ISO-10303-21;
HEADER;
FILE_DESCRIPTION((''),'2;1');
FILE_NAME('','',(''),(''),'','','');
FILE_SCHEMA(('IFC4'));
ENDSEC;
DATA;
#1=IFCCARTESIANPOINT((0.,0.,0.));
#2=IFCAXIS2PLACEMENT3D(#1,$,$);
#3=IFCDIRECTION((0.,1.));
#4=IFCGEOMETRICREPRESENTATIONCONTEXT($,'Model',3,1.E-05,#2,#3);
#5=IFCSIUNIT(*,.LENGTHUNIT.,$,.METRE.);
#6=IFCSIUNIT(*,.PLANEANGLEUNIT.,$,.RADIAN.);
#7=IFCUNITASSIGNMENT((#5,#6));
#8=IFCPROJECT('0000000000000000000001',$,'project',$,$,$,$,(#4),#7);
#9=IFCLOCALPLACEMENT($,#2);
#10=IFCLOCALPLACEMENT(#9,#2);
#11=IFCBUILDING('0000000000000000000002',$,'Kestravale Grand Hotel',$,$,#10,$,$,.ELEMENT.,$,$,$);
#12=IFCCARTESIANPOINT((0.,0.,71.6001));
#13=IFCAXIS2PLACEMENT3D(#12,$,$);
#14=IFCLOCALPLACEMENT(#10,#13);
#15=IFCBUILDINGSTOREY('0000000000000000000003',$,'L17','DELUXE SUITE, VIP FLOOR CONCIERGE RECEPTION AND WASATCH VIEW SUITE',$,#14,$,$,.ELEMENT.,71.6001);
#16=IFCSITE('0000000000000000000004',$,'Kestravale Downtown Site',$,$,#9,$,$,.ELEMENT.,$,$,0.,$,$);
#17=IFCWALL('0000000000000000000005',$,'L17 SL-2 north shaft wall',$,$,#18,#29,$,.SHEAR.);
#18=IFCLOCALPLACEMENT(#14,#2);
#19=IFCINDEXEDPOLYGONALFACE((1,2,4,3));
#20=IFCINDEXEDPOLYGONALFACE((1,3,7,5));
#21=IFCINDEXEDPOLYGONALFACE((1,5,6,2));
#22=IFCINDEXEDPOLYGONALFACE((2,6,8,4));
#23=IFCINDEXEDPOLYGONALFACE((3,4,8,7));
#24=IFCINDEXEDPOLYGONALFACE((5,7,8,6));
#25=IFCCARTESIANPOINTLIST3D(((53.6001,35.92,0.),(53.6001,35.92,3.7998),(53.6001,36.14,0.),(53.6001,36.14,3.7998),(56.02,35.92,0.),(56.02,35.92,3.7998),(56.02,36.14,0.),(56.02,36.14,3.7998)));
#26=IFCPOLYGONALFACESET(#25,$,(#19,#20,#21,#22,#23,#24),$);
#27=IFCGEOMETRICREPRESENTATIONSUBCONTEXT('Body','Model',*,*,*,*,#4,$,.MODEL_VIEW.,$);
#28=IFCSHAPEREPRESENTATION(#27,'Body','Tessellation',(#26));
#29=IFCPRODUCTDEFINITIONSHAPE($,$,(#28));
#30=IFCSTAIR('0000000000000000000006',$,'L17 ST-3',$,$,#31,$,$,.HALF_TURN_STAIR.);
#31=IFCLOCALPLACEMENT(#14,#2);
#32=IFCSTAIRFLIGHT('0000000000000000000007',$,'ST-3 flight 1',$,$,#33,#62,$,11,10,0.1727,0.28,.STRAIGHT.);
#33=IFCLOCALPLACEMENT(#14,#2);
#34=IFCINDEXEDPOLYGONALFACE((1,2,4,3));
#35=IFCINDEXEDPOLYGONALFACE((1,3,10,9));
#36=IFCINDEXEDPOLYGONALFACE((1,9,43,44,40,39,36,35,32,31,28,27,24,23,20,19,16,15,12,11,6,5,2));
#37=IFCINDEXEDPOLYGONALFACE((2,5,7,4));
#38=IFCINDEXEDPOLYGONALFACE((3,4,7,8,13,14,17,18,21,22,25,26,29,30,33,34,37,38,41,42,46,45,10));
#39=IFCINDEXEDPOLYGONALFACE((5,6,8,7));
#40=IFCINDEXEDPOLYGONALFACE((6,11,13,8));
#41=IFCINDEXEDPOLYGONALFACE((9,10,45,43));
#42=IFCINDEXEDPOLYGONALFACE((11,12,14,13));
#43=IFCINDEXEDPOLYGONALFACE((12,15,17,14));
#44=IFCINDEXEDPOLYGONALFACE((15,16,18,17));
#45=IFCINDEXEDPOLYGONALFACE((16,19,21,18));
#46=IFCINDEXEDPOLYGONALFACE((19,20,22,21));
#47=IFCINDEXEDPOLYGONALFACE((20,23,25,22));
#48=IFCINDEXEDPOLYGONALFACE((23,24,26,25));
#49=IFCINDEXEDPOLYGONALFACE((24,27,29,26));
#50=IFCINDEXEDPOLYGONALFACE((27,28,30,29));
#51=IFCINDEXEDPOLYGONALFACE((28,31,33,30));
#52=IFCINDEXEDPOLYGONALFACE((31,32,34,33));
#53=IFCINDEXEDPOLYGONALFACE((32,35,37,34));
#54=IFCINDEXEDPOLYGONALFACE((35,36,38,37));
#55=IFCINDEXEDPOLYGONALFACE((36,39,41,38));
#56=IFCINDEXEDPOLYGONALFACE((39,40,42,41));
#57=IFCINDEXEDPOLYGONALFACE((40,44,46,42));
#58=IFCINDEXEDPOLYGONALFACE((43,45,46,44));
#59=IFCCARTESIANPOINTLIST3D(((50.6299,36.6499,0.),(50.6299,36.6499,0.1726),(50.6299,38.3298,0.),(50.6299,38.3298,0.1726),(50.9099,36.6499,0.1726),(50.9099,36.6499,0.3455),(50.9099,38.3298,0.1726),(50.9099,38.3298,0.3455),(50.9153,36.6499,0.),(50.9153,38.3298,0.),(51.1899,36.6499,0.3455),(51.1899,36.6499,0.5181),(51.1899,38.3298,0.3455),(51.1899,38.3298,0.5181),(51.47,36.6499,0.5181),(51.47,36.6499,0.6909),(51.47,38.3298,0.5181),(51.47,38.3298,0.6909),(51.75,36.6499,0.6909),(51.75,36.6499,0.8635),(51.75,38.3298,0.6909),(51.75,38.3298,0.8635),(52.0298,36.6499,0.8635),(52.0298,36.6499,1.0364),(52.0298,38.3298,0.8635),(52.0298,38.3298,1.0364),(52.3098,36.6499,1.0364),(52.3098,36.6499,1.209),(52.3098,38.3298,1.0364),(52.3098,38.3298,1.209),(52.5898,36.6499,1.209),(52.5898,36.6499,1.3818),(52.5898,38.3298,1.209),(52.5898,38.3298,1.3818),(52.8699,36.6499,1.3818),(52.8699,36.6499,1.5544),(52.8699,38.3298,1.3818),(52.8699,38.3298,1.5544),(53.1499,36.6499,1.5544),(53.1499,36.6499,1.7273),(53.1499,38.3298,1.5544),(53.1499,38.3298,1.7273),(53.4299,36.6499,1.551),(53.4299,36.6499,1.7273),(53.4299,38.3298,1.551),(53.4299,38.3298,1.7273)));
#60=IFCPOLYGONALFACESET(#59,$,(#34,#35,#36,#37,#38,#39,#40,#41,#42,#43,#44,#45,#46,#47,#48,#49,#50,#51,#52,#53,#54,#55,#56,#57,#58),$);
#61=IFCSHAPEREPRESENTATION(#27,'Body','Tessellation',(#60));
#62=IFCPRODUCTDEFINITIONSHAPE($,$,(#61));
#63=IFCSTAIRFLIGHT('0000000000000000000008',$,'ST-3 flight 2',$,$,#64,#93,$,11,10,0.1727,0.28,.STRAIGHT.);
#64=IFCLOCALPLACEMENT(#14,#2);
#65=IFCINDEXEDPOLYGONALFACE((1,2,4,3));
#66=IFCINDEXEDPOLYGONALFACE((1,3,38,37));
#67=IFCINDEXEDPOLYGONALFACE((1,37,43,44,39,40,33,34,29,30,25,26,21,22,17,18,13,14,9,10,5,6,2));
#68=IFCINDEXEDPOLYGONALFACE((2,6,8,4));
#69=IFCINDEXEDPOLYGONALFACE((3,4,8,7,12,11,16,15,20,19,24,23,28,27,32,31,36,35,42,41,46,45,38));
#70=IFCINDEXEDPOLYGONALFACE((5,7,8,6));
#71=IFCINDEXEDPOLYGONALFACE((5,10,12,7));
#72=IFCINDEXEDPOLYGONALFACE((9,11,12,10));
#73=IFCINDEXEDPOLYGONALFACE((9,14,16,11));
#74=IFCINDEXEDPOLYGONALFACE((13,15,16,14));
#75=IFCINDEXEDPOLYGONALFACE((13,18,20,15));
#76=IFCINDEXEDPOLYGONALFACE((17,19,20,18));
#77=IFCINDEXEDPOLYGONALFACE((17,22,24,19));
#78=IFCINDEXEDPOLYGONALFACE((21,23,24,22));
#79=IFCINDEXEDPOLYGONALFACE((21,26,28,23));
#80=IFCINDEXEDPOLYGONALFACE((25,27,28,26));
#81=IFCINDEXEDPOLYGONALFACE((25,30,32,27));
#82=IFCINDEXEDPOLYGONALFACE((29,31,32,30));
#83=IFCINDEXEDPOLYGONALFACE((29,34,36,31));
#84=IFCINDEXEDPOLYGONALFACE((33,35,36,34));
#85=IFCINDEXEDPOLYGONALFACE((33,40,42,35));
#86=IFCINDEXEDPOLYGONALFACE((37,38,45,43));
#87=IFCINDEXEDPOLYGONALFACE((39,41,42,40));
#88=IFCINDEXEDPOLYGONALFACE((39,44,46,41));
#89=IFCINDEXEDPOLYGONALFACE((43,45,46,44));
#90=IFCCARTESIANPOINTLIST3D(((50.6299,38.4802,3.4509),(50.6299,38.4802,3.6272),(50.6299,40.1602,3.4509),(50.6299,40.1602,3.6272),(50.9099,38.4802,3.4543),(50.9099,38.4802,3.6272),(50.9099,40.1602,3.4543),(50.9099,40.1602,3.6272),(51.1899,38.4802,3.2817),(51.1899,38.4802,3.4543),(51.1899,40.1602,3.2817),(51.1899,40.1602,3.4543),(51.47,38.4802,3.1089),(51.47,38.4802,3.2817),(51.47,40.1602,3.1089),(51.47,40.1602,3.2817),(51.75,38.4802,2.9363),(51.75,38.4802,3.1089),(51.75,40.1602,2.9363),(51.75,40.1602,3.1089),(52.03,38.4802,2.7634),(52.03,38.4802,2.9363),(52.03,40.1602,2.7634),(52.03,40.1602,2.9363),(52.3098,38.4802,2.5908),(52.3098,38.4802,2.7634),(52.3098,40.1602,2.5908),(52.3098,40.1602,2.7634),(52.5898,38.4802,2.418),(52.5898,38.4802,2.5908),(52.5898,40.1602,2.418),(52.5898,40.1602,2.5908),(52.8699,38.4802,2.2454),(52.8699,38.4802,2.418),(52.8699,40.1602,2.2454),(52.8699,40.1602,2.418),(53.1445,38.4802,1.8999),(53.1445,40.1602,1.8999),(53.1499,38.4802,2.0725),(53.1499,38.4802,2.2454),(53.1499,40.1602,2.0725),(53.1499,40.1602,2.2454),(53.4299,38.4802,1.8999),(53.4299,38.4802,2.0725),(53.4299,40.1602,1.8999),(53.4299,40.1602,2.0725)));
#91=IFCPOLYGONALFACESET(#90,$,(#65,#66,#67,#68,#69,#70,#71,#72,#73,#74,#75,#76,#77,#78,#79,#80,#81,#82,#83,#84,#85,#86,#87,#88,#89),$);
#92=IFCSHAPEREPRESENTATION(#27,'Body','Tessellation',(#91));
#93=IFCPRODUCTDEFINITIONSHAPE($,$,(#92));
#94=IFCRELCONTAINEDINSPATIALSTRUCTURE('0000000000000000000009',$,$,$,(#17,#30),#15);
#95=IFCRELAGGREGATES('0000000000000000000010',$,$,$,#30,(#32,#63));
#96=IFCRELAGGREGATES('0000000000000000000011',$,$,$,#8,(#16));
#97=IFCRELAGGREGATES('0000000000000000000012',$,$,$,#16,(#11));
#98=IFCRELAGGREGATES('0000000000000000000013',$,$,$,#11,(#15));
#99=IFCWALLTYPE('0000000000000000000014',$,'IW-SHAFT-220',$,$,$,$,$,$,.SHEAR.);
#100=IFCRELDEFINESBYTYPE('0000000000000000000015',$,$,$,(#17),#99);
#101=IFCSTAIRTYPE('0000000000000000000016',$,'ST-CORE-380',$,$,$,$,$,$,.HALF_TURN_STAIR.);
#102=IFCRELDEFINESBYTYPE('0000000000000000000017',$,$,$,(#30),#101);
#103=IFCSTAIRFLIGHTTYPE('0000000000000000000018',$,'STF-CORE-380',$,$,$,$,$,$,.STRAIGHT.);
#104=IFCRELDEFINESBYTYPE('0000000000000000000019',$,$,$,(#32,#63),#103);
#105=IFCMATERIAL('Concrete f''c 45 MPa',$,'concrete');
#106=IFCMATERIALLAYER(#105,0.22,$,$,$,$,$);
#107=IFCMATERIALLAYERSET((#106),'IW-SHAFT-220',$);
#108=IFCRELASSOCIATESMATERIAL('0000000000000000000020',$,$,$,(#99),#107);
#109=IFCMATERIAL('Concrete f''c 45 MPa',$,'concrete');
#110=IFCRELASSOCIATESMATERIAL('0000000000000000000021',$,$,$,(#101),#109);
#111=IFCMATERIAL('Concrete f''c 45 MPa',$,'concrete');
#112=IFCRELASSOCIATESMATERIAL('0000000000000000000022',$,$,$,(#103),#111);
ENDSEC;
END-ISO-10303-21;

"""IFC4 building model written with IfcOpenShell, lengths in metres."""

from ifc_helpers import new_model, si_unit, direction, frame, frame_2d, origin, place, context, subcontext, project, spatial, polyline, rectangle, outline, extrude, material, layer, layer_set, type_object, element, aggregate, save


model = new_model("IFC4")

# Units and contexts
model_context = context("Model", 3, precision=1e-05, world=origin(), true_north=direction((0.0, 1.0)))
body_context = subcontext(model_context, "Body", "Model", "MODEL_VIEW")
ifc_project = project(units=[si_unit("LENGTHUNIT", "METRE"), si_unit("PLANEANGLEUNIT", "RADIAN")], contexts=[model_context])

# Site, building, storey
site_placement = place(None, origin())
site = spatial("IfcSite", under=ifc_project, at=site_placement, Name="Kestravale Downtown Site", CompositionType="ELEMENT", RefElevation=0.0)
building_placement = place(site_placement, origin())
building = spatial("IfcBuilding", under=site, at=building_placement, Name="Kestravale Grand Hotel", CompositionType="ELEMENT")
storey_placement = place(building_placement, frame((0.0, 0.0, 71.6001)))
storey = spatial("IfcBuildingStorey", under=building, at=storey_placement, Name="L17", Description="DELUXE SUITE, VIP FLOOR CONCIERGE RECEPTION AND WASATCH VIEW SUITE", CompositionType="ELEMENT", Elevation=71.6001)

# Shared definitions
ifc_material_1 = material(Name="Concrete f'c 45 MPa", Category="concrete")
ifc_layer_1 = layer(ifc_material_1, 0.22)
ifc_layer_set_1 = layer_set([ifc_layer_1], Name="IW-SHAFT-220")
wall_type_1 = type_object("IfcWallType", Name="IW-SHAFT-220", PredefinedType="SHEAR", material=ifc_layer_set_1)

# Wall
wall_1_placement = place(storey_placement, frame((53.6001, 36.03, 0.0), z_axis=(0.0, 0.0, 1.0), x_axis=(1.0, 0.0, 0.0)))
element("IfcWall", 1, at=wall_1_placement, inside=storey, type_object=wall_type_1, Name="L17 SL-2 north shaft wall", PredefinedType="SHEAR", context=body_context, shape_type="SweptSolid", body=[
    extrude(rectangle(XDim=2.4199, YDim=0.22, at=frame_2d((1.21, 0.0))), origin(), (0.0, 0.0, 1.0), 3.7998),
])

# Stair, stair flights
ifc_material_2 = material(Name="Concrete f'c 45 MPa", Category="concrete")
stair_type = type_object("IfcStairType", Name="ST-CORE-380", PredefinedType="HALF_TURN_STAIR", material=ifc_material_2)
stair_placement = place(storey_placement, origin())
stair = element("IfcStair", 2, at=stair_placement, inside=storey, type_object=stair_type, Name="L17 ST-3", PredefinedType="HALF_TURN_STAIR")
ifc_material_3 = material(Name="Concrete f'c 45 MPa", Category="concrete")
stair_flight_type = type_object("IfcStairFlightType", Name="STF-CORE-380", PredefinedType="STRAIGHT", material=ifc_material_3)
stair_flight_1_placement = place(storey_placement, frame((50.6299, 37.49, 0.0), z_axis=(0.0, 0.0, 1.0), x_axis=(1.0, 0.0, 0.0)))
stair_flight_1 = element("IfcStairFlight", 3, at=stair_flight_1_placement, type_object=stair_flight_type, Name="ST-3 flight 1", NumberOfRisers=11, NumberOfTreads=10, PredefinedType="STRAIGHT", RiserHeight=0.1727, TreadLength=0.28, context=body_context, shape_type="SweptSolid", body=[
    extrude(outline(polyline([(0.0, 0.0), (0.0, 0.1726), (0.28, 0.1726), (0.28, 0.3455), (0.5601, 0.3455), (0.5601, 0.5181), (0.8401, 0.5181), (0.8401, 0.6909), (1.1201, 0.6909), (1.1201, 0.8635), (1.3999, 0.8635), (1.3999, 1.0364), (1.6799, 1.0364), (1.6799, 1.209), (1.96, 1.209), (1.96, 1.3818), (2.24, 1.3818), (2.24, 1.5544), (2.52, 1.5544), (2.52, 1.7273), (2.8, 1.7273), (2.8, 1.8999), (2.8, 1.551), (0.2854, 0.0), (0.0, 0.0)])), frame((0.0, 0.8398, 0.0), z_axis=(0.0, -1.0, 0.0), x_axis=(1.0, 0.0, 0.0)), (0.0, 0.0, 1.0), 1.6799),
])
stair_flight_2_placement = place(storey_placement, frame((53.4299, 39.3201, 1.8999), z_axis=(0.0, 0.0, 1.0), x_axis=(-1.0, 0.0, 0.0)))
stair_flight_2 = element("IfcStairFlight", 4, at=stair_flight_2_placement, type_object=stair_flight_type, Name="ST-3 flight 2", NumberOfRisers=11, NumberOfTreads=10, PredefinedType="STRAIGHT", RiserHeight=0.1727, TreadLength=0.28, context=body_context, shape_type="SweptSolid", body=[
    extrude(outline(polyline([(0.0, 0.0), (0.0, 0.1726), (0.28, 0.1726), (0.28, 0.3455), (0.5601, 0.3455), (0.5601, 0.5181), (0.8401, 0.5181), (0.8401, 0.6909), (1.1201, 0.6909), (1.1201, 0.8635), (1.3999, 0.8635), (1.3999, 1.0364), (1.6799, 1.0364), (1.6799, 1.209), (1.96, 1.209), (1.96, 1.3818), (2.24, 1.3818), (2.24, 1.5544), (2.52, 1.5544), (2.52, 1.7273), (2.8, 1.7273), (2.8, 1.8999), (2.8, 1.551), (0.2854, 0.0), (0.0, 0.0)])), frame((0.0, 0.8398, 0.0), z_axis=(0.0, -1.0, 0.0), x_axis=(1.0, 0.0, 0.0)), (0.0, 0.0, 1.0), 1.6799),
])
aggregate(stair, [stair_flight_1, stair_flight_2])

save(model, "model.ifc")
